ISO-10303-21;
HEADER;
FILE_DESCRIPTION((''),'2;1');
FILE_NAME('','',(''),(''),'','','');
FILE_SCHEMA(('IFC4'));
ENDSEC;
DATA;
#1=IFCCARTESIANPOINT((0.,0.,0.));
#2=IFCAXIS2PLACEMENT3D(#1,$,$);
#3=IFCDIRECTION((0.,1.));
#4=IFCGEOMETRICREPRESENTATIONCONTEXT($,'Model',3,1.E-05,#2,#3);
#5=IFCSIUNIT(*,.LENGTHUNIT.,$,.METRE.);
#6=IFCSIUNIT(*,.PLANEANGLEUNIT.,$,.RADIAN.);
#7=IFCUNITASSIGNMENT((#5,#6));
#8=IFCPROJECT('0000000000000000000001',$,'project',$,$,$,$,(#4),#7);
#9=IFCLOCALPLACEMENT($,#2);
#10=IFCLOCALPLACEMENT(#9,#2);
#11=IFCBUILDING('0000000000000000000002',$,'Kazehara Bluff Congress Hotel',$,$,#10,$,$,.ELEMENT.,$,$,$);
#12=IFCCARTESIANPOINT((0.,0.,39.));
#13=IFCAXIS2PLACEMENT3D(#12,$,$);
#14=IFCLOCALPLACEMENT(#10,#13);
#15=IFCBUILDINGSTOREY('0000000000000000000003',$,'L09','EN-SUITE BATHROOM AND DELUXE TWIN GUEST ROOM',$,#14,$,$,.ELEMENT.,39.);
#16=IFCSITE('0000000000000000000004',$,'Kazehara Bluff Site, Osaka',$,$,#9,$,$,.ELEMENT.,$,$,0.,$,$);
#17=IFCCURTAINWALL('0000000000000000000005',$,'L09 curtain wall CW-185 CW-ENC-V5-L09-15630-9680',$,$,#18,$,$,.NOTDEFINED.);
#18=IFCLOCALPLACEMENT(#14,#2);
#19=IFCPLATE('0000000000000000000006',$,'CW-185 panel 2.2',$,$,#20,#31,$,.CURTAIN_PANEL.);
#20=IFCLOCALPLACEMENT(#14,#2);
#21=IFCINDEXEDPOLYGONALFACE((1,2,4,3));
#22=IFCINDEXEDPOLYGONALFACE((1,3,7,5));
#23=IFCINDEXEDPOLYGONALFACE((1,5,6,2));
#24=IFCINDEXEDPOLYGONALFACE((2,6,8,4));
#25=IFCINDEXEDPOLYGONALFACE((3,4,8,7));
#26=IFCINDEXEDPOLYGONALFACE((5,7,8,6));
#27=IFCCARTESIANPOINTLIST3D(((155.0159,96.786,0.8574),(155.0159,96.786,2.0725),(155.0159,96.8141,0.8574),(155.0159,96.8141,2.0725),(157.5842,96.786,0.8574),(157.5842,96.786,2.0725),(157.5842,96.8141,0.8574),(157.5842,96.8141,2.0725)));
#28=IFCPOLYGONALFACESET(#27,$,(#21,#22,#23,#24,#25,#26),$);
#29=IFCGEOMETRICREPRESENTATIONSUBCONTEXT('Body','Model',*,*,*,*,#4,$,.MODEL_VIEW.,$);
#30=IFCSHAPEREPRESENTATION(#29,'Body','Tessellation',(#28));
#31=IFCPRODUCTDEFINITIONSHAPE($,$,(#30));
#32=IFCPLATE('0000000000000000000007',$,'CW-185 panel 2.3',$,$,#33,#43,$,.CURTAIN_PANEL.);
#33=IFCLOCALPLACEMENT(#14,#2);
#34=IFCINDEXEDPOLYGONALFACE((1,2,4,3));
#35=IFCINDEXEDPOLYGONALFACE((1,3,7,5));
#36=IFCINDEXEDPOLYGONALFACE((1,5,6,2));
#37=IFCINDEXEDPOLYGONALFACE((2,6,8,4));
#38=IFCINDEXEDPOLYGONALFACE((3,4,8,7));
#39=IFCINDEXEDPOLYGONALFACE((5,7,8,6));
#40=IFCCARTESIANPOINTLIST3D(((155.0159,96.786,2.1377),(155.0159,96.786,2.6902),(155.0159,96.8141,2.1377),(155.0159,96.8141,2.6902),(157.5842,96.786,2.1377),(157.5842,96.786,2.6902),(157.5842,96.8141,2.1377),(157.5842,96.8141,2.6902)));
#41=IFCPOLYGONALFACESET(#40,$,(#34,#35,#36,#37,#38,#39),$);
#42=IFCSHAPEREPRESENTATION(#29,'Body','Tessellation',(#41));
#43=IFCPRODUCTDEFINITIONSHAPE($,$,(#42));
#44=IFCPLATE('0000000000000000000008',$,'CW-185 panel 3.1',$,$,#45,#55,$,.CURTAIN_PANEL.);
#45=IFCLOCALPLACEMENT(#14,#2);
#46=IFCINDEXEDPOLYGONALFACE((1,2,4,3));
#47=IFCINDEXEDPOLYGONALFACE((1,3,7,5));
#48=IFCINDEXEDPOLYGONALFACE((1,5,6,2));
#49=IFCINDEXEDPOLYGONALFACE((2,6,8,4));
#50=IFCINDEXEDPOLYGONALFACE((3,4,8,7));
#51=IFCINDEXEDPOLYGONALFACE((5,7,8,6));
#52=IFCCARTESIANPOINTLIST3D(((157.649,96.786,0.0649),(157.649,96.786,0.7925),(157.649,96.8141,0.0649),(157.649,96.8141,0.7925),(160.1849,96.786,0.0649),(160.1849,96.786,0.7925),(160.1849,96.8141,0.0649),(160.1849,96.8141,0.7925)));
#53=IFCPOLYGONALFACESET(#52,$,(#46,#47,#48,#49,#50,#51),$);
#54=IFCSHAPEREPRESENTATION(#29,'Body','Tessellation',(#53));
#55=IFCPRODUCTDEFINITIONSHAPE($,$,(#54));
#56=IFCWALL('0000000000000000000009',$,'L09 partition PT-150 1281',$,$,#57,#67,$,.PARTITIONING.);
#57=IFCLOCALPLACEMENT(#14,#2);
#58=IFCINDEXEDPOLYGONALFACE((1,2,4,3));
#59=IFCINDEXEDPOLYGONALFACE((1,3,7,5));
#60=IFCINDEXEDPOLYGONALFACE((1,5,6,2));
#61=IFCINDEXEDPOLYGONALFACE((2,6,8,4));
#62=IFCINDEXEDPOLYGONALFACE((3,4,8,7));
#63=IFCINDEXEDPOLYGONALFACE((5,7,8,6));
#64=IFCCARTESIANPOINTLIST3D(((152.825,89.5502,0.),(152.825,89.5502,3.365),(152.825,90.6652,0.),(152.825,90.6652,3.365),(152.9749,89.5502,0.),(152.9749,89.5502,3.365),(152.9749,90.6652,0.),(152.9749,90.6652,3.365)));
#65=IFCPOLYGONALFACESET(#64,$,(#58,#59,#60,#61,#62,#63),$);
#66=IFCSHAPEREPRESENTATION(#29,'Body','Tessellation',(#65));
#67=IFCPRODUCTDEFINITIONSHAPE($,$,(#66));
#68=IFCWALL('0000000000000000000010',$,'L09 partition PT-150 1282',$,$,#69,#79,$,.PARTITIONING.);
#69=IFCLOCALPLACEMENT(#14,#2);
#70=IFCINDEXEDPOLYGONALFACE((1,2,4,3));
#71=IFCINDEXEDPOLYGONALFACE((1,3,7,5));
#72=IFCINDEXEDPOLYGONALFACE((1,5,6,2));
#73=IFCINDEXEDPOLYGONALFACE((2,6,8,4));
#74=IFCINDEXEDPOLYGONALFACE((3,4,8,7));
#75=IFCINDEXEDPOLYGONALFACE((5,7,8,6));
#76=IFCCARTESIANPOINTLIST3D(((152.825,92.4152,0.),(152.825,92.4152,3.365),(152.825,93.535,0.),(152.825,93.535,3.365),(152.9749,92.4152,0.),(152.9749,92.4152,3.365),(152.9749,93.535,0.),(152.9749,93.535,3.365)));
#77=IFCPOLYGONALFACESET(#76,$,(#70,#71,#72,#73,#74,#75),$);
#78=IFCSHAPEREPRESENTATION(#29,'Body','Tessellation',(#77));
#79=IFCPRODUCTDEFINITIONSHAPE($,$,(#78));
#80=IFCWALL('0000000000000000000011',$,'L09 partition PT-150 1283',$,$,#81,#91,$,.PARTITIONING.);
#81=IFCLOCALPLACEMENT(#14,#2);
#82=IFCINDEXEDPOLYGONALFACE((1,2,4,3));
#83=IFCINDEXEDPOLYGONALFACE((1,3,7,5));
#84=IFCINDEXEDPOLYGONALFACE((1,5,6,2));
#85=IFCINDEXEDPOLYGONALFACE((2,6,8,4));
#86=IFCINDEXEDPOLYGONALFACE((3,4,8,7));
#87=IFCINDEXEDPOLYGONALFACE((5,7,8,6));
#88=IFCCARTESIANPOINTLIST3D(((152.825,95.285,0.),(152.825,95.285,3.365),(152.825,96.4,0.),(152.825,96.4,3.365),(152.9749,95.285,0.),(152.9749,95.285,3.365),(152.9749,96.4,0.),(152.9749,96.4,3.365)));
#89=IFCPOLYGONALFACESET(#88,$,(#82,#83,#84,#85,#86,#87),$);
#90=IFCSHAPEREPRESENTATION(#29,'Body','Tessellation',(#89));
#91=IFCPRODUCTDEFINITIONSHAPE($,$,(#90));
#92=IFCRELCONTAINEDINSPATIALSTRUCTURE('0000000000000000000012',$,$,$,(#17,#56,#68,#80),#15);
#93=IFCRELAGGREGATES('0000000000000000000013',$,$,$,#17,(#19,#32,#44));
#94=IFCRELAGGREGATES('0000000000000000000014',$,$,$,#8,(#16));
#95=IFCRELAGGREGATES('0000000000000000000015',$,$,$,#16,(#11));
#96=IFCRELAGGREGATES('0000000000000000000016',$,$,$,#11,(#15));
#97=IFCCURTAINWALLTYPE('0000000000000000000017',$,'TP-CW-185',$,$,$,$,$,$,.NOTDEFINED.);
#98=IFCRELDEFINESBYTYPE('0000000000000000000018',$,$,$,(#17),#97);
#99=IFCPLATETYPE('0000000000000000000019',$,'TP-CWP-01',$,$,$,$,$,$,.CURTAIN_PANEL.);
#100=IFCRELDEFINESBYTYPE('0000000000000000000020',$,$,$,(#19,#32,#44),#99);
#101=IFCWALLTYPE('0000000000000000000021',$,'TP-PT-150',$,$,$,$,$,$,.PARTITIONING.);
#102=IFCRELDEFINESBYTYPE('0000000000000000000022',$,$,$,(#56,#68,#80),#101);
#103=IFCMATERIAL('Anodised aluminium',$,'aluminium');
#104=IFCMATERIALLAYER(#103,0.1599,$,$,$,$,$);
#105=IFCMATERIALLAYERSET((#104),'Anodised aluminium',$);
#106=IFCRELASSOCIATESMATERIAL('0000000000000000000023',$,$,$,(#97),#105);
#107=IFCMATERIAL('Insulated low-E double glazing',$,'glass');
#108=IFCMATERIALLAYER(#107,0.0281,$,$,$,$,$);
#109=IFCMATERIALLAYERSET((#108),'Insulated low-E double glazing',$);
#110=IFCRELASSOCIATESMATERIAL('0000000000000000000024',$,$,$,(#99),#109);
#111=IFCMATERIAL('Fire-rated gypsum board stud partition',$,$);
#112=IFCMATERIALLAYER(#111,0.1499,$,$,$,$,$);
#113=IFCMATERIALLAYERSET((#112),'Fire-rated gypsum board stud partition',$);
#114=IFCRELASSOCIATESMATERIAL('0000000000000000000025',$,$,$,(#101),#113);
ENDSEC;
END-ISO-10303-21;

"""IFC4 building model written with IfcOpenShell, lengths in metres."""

from ifc_helpers import new_model, si_unit, direction, frame, frame_2d, origin, origin_2d, place, context, subcontext, project, spatial, rectangle, extrude, material, layer, layer_set, type_object, element, aggregate, save


model = new_model("IFC4")

# Units and contexts
model_context = context("Model", 3, precision=1e-05, world=origin(), true_north=direction((0.0, 1.0)))
body_context = subcontext(model_context, "Body", "Model", "MODEL_VIEW")
ifc_project = project(units=[si_unit("LENGTHUNIT", "METRE"), si_unit("PLANEANGLEUNIT", "RADIAN")], contexts=[model_context])

# Site, building, storey
site_placement = place(None, origin())
site = spatial("IfcSite", under=ifc_project, at=site_placement, Name="Kazehara Bluff Site, Osaka", CompositionType="ELEMENT", RefElevation=0.0)
building_placement = place(site_placement, origin())
building = spatial("IfcBuilding", under=site, at=building_placement, Name="Kazehara Bluff Congress Hotel", CompositionType="ELEMENT")
storey_placement = place(building_placement, frame((0.0, 0.0, 39.0)))
storey = spatial("IfcBuildingStorey", under=building, at=storey_placement, Name="L09", Description="EN-SUITE BATHROOM AND DELUXE TWIN GUEST ROOM", CompositionType="ELEMENT", Elevation=39.0)

# Curtain wall, plates
ifc_material_1 = material(Name="Anodised aluminium", Category="aluminium")
ifc_layer_1 = layer(ifc_material_1, 0.1599)
ifc_layer_set_1 = layer_set([ifc_layer_1], Name="Anodised aluminium")
curtain_wall_type = type_object("IfcCurtainWallType", Name="TP-CW-185", PredefinedType="NOTDEFINED", material=ifc_layer_set_1)
curtain_wall_placement = place(storey_placement, origin())
curtain_wall = element("IfcCurtainWall", 1, at=curtain_wall_placement, inside=storey, type_object=curtain_wall_type, Name="L09 curtain wall CW-185 CW-ENC-V5-L09-15630-9680", PredefinedType="NOTDEFINED")
ifc_material_2 = material(Name="Insulated low-E double glazing", Category="glass")
ifc_layer_2 = layer(ifc_material_2, 0.0281)
ifc_layer_set_2 = layer_set([ifc_layer_2], Name="Insulated low-E double glazing")
plate_type = type_object("IfcPlateType", Name="TP-CWP-01", PredefinedType="CURTAIN_PANEL", material=ifc_layer_set_2)
plate_1_placement = place(storey_placement, frame((156.3, 96.8, 0.8574), z_axis=(0.0, 0.0, 1.0), x_axis=(1.0, 0.0, 0.0)))
plate_1 = element("IfcPlate", 2, at=plate_1_placement, type_object=plate_type, Name="CW-185 panel 2.2", PredefinedType="CURTAIN_PANEL", context=body_context, shape_type="SweptSolid", body=[
    extrude(rectangle(XDim=2.5684, YDim=0.0281, at=origin_2d()), origin(), (0.0, 0.0, 1.0), 1.2151),
])
plate_2_placement = place(storey_placement, frame((156.3, 96.8, 2.1377), z_axis=(0.0, 0.0, 1.0), x_axis=(1.0, 0.0, 0.0)))
plate_2 = element("IfcPlate", 3, at=plate_2_placement, type_object=plate_type, Name="CW-185 panel 2.3", PredefinedType="CURTAIN_PANEL", context=body_context, shape_type="SweptSolid", body=[
    extrude(rectangle(XDim=2.5684, YDim=0.0281, at=origin_2d()), origin(), (0.0, 0.0, 1.0), 0.5525),
])
plate_3_placement = place(storey_placement, frame((158.917, 96.8, 0.0649), z_axis=(0.0, 0.0, 1.0), x_axis=(1.0, 0.0, 0.0)))
plate_3 = element("IfcPlate", 4, at=plate_3_placement, type_object=plate_type, Name="CW-185 panel 3.1", PredefinedType="CURTAIN_PANEL", context=body_context, shape_type="SweptSolid", body=[
    extrude(rectangle(XDim=2.5359, YDim=0.0281, at=origin_2d()), origin(), (0.0, 0.0, 1.0), 0.7275),
])
aggregate(curtain_wall, [plate_1, plate_2, plate_3])

# Walls
ifc_material_3 = material(Name="Fire-rated gypsum board stud partition")
ifc_layer_3 = layer(ifc_material_3, 0.1499)
ifc_layer_set_3 = layer_set([ifc_layer_3], Name="Fire-rated gypsum board stud partition")
wall_type = type_object("IfcWallType", Name="TP-PT-150", PredefinedType="PARTITIONING", material=ifc_layer_set_3)
wall_1_placement = place(storey_placement, frame((152.8999, 89.55, 0.0), z_axis=(0.0, 0.0, 1.0), x_axis=(0.0, 1.0, 0.0)))
element("IfcWall", 5, at=wall_1_placement, inside=storey, type_object=wall_type, Name="L09 partition PT-150 1281", PredefinedType="PARTITIONING", context=body_context, shape_type="SweptSolid", body=[
    extrude(rectangle(XDim=1.115, YDim=0.1499, at=frame_2d((0.5576, 0.0))), origin(), (0.0, 0.0, 1.0), 3.365),
])
wall_2_placement = place(storey_placement, frame((152.8999, 92.415, 0.0), z_axis=(0.0, 0.0, 1.0), x_axis=(0.0, 1.0, 0.0)))
element("IfcWall", 6, at=wall_2_placement, inside=storey, type_object=wall_type, Name="L09 partition PT-150 1282", PredefinedType="PARTITIONING", context=body_context, shape_type="SweptSolid", body=[
    extrude(rectangle(XDim=1.1199, YDim=0.1499, at=frame_2d((0.5601, 0.0))), origin(), (0.0, 0.0, 1.0), 3.365),
])
wall_3_placement = place(storey_placement, frame((152.8999, 95.2849, 0.0), z_axis=(0.0, 0.0, 1.0), x_axis=(0.0, 1.0, 0.0)))
element("IfcWall", 7, at=wall_3_placement, inside=storey, type_object=wall_type, Name="L09 partition PT-150 1283", PredefinedType="PARTITIONING", context=body_context, shape_type="SweptSolid", body=[
    extrude(rectangle(XDim=1.115, YDim=0.1499, at=frame_2d((0.5576, 0.0))), origin(), (0.0, 0.0, 1.0), 3.365),
])

save(model, "model.ifc")
